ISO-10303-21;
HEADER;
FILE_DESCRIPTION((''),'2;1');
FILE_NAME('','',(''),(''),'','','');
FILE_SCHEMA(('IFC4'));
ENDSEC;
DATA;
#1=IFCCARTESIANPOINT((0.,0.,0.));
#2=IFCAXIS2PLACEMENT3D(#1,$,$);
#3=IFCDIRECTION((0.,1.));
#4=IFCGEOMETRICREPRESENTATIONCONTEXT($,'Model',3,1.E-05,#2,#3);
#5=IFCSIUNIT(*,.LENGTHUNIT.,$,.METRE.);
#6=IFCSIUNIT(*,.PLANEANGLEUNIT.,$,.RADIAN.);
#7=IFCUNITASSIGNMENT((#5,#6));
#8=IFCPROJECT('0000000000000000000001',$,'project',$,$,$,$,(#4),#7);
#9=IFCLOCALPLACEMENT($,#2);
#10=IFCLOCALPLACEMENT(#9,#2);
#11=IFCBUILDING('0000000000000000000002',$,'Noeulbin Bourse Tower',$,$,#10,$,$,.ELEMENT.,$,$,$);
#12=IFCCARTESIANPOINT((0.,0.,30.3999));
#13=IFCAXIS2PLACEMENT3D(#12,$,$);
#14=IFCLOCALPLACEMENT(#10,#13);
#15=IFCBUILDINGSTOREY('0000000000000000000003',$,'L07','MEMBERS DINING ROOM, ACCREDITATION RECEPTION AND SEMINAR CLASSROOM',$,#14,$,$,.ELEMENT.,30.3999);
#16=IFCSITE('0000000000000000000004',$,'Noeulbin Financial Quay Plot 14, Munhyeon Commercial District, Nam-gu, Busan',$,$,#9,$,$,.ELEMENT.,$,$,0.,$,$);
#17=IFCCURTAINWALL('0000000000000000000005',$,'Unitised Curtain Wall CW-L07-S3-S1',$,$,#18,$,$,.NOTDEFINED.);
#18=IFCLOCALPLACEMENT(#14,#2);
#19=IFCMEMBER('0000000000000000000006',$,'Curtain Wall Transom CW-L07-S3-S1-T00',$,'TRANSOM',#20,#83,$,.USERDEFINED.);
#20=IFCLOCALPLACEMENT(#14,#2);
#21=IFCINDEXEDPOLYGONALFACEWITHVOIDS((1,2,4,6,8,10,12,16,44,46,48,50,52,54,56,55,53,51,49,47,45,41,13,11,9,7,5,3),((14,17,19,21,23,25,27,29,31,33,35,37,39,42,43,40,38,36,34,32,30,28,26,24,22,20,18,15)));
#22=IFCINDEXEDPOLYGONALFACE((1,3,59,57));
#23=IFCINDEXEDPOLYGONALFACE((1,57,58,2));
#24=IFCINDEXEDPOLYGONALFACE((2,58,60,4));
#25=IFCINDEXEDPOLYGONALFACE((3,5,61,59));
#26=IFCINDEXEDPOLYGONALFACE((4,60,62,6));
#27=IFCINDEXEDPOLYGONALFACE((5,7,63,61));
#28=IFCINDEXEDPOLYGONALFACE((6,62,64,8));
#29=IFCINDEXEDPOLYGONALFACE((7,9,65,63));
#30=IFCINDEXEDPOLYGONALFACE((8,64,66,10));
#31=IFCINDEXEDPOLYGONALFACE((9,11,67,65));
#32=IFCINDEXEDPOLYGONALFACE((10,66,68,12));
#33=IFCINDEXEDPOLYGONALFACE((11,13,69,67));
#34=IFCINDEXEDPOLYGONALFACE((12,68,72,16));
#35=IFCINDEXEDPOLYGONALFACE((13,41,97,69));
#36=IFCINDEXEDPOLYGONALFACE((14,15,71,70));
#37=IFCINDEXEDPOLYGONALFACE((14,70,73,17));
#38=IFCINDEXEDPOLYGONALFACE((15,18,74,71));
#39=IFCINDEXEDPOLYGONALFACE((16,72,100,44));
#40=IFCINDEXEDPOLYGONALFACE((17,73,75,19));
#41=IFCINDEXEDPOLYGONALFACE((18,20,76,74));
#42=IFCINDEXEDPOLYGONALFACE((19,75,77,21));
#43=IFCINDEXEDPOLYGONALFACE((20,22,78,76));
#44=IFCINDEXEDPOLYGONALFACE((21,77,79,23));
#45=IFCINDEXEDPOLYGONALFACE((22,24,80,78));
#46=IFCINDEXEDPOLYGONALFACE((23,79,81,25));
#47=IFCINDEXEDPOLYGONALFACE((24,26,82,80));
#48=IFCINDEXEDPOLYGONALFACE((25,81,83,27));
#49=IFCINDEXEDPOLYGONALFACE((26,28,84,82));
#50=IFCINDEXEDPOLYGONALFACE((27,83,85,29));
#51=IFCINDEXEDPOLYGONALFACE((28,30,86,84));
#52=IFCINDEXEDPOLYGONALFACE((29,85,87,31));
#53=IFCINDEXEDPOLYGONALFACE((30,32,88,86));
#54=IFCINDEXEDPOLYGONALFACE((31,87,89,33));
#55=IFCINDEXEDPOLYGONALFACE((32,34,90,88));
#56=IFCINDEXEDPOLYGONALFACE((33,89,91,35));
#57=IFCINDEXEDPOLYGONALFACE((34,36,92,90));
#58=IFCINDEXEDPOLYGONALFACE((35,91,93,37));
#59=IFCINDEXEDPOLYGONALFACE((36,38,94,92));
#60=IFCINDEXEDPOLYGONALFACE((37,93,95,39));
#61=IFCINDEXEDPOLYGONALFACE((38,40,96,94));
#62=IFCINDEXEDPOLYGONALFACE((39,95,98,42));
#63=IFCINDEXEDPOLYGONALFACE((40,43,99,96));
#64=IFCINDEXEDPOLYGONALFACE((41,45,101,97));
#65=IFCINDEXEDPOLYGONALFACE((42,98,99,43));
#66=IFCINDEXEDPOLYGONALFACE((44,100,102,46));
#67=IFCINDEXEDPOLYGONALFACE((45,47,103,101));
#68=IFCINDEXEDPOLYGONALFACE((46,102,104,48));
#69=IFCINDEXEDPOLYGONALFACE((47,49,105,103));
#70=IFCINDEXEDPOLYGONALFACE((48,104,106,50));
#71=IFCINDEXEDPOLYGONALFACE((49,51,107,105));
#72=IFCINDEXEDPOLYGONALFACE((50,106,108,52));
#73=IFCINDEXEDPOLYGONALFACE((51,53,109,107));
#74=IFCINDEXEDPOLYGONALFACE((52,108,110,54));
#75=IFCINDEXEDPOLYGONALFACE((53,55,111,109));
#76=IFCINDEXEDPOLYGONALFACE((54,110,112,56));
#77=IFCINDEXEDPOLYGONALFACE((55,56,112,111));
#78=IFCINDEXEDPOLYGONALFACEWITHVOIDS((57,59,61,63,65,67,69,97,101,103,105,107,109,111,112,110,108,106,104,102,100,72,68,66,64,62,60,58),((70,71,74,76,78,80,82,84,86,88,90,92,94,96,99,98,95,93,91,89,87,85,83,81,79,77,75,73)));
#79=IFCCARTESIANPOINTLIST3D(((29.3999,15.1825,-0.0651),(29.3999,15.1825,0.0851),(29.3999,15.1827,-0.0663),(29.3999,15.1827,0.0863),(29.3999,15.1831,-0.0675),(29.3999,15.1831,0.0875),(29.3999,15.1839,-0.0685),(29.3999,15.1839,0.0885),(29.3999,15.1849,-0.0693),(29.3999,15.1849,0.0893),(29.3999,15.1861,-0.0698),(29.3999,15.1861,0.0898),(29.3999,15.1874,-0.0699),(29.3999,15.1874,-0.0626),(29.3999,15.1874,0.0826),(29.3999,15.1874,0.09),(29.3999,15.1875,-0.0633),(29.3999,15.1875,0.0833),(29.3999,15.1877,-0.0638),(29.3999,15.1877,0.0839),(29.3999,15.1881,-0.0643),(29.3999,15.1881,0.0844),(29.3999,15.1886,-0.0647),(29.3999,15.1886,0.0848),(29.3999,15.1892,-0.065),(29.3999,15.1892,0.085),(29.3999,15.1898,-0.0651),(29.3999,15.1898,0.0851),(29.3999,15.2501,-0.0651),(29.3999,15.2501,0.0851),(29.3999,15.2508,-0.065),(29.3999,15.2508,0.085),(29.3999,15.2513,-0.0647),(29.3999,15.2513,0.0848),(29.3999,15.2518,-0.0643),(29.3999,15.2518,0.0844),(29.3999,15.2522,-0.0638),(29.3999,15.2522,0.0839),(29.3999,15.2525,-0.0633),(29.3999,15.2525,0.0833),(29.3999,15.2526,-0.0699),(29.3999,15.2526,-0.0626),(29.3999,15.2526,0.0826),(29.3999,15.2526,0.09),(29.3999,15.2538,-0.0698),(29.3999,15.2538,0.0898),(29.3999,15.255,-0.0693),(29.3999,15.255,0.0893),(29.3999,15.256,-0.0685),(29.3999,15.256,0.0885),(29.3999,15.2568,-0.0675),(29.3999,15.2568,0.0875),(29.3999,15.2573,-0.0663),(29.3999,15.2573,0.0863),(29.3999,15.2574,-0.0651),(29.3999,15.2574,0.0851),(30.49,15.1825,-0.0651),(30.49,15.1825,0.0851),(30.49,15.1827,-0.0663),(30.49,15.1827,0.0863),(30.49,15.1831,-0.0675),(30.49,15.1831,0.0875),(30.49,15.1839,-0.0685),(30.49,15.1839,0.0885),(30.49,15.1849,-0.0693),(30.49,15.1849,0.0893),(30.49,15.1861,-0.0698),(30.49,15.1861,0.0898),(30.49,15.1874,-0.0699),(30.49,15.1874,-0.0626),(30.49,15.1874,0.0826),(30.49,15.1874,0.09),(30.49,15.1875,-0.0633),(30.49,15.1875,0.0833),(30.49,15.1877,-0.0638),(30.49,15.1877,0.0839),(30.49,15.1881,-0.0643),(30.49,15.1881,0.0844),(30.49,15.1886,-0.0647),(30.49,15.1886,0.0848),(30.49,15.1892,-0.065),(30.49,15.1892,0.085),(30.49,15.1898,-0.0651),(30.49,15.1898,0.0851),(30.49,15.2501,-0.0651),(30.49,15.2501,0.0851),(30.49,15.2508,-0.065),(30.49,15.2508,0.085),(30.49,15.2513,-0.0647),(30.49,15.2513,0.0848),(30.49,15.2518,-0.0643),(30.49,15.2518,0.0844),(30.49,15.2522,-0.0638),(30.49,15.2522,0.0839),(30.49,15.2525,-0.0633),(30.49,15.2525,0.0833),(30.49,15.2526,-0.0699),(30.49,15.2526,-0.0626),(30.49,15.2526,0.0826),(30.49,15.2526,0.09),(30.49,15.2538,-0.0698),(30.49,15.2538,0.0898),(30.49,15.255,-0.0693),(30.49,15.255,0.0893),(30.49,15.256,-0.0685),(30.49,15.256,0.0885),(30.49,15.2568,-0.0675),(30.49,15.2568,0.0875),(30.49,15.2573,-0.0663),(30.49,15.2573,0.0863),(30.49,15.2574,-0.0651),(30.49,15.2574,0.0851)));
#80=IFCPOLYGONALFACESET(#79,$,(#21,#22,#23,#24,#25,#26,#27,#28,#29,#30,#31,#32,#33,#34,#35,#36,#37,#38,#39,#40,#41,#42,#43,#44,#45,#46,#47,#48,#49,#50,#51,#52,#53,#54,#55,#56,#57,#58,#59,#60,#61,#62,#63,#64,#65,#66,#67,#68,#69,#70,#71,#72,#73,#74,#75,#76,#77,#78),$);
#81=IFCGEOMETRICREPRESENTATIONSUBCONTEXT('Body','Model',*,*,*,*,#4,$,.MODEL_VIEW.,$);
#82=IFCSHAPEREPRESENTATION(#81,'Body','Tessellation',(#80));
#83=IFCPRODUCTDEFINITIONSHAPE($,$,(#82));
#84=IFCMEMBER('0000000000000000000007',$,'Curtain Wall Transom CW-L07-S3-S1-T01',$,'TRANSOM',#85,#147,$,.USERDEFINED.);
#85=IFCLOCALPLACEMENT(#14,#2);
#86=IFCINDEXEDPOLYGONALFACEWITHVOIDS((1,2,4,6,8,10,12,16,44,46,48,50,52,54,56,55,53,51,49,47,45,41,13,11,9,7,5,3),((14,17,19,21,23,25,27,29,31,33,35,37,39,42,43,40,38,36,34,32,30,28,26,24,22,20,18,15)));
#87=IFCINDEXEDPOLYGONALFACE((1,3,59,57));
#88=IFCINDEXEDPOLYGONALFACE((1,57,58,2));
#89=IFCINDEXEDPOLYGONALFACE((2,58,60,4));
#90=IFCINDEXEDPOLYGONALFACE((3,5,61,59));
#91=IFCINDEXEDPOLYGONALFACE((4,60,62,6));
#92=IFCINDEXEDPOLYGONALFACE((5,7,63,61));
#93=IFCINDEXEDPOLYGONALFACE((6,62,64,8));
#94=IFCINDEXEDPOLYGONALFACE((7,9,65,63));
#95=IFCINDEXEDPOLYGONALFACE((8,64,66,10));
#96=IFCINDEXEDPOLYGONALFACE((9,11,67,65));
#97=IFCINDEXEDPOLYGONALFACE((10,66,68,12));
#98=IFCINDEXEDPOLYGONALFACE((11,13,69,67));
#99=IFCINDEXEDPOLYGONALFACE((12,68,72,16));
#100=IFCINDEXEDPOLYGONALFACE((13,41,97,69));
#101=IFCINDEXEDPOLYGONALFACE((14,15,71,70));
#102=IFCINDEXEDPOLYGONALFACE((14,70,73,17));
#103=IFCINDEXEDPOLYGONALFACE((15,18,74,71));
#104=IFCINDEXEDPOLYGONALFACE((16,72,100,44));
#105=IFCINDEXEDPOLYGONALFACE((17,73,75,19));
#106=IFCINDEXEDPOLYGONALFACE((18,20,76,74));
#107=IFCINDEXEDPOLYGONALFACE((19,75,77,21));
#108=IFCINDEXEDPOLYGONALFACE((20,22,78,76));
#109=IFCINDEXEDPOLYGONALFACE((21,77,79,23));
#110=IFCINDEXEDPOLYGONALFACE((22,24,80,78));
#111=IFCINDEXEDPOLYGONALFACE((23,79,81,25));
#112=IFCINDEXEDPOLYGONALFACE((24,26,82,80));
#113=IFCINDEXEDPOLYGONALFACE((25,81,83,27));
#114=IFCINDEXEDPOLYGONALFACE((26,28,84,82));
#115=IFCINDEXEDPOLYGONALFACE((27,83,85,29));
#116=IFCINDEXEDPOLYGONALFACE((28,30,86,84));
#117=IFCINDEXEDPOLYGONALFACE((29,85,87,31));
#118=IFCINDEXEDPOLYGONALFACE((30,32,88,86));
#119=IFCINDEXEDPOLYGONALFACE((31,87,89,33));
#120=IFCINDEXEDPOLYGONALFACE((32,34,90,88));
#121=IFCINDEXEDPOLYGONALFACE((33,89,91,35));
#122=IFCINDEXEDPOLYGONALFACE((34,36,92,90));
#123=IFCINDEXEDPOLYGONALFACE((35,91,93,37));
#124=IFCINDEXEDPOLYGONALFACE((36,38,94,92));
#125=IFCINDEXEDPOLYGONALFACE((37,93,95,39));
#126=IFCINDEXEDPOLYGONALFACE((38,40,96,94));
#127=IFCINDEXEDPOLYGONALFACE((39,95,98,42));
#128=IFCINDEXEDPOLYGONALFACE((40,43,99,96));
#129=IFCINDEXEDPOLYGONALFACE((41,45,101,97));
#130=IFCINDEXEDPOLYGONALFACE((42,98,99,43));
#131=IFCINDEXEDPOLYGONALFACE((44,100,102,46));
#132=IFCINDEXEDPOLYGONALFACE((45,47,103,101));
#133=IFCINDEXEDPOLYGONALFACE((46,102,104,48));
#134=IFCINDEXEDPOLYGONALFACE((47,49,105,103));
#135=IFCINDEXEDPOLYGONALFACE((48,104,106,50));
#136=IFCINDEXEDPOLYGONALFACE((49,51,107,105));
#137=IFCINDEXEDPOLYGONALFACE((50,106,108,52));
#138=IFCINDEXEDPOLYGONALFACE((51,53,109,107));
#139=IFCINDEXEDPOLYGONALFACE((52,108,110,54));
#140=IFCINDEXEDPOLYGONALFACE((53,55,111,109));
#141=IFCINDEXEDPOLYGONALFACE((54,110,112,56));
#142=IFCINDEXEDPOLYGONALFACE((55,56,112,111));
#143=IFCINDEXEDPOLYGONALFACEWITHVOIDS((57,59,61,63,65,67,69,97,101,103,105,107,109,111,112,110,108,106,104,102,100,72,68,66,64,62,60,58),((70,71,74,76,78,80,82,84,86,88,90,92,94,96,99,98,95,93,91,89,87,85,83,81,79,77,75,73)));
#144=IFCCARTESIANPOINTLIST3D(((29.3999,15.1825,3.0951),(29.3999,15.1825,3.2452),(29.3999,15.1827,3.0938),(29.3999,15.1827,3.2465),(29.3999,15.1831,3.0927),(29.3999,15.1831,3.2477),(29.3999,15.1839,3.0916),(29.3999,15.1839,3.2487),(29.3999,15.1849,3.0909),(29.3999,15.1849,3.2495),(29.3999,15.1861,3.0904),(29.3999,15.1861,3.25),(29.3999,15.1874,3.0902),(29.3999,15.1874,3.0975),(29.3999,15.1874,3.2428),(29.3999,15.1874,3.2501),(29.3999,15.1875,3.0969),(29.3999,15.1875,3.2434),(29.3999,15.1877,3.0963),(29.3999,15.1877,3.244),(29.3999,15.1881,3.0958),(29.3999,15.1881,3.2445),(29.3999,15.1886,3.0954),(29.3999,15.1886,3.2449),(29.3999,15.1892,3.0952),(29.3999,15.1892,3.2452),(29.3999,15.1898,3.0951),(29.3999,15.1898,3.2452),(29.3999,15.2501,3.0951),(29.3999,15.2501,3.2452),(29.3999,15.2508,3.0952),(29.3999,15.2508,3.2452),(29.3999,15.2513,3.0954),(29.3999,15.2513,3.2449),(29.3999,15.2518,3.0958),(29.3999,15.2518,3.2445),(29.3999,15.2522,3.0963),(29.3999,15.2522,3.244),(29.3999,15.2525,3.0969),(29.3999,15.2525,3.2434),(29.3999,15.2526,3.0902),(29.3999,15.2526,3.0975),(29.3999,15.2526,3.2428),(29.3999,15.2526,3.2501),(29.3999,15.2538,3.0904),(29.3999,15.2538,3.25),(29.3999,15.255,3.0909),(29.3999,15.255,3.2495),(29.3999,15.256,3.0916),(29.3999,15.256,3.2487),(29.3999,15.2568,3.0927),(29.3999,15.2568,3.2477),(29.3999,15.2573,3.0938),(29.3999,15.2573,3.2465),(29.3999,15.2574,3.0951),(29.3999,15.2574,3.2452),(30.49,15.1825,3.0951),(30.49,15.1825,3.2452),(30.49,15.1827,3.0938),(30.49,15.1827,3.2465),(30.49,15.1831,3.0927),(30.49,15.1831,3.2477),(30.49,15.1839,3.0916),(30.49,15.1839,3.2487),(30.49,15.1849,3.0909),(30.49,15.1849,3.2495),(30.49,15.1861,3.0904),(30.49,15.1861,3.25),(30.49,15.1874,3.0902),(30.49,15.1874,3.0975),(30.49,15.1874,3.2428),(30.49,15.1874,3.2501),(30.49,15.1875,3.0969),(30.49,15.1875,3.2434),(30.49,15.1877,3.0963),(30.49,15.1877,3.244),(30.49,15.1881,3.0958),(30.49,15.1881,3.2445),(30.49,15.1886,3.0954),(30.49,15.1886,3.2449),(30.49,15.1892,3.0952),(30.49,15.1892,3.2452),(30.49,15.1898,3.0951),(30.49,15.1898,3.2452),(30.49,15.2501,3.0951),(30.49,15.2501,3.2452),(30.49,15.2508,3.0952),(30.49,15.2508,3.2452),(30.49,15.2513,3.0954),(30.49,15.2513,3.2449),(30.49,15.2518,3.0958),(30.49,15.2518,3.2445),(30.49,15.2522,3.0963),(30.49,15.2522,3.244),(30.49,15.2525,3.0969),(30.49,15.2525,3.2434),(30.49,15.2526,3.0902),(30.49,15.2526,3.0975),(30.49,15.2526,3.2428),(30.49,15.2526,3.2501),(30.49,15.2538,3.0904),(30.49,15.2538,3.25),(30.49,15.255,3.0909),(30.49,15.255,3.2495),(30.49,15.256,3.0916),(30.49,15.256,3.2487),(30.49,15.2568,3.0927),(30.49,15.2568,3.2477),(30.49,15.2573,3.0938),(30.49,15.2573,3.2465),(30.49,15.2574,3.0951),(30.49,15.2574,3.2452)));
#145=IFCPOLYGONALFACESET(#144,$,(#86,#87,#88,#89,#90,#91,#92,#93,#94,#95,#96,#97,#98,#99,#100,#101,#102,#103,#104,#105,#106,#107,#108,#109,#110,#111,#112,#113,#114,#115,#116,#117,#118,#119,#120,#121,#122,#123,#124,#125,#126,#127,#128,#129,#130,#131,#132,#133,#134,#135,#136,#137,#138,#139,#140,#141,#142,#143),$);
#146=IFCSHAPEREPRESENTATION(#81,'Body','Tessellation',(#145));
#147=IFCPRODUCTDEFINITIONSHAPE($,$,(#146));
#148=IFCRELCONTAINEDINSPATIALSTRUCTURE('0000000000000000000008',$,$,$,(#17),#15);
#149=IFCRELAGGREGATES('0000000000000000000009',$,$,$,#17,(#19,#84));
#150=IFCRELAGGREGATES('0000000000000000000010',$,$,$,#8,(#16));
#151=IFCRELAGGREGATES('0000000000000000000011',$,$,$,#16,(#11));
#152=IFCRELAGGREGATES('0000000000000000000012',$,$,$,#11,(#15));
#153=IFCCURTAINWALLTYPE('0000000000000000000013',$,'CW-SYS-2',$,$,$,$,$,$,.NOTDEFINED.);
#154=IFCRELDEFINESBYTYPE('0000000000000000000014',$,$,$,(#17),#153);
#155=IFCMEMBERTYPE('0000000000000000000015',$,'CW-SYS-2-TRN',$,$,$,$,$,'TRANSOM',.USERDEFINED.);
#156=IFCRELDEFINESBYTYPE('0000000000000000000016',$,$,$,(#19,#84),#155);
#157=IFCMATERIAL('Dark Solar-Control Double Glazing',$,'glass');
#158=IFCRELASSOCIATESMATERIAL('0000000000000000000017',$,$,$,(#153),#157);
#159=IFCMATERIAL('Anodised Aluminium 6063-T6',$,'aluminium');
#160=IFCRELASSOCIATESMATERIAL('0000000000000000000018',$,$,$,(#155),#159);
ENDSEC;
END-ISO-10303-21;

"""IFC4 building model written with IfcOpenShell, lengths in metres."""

from ifc_helpers import new_model, si_unit, direction, frame, origin, origin_2d, place, context, subcontext, project, spatial, hollow_rectangle, extrude, material, material_profile, profile_set, type_object, element, aggregate, save


model = new_model("IFC4")

# Units and contexts
model_context = context("Model", 3, precision=1e-05, world=origin(), true_north=direction((0.0, 1.0)))
body_context = subcontext(model_context, "Body", "Model", "MODEL_VIEW")
ifc_project = project(units=[si_unit("LENGTHUNIT", "METRE"), si_unit("PLANEANGLEUNIT", "RADIAN")], contexts=[model_context])

# Site, building, storey
site_placement = place(None, origin())
site = spatial("IfcSite", under=ifc_project, at=site_placement, Name="Noeulbin Financial Quay Plot 14, Munhyeon Commercial District, Nam-gu, Busan", CompositionType="ELEMENT", RefElevation=0.0)
building_placement = place(site_placement, origin())
building = spatial("IfcBuilding", under=site, at=building_placement, Name="Noeulbin Bourse Tower", CompositionType="ELEMENT")
storey_placement = place(building_placement, frame((0.0, 0.0, 30.3999)))
storey = spatial("IfcBuildingStorey", under=building, at=storey_placement, Name="L07", Description="MEMBERS DINING ROOM, ACCREDITATION RECEPTION AND SEMINAR CLASSROOM", CompositionType="ELEMENT", Elevation=30.3999)

# Curtain wall
ifc_material_1 = material(Name="Dark Solar-Control Double Glazing", Category="glass")
curtain_wall_type = type_object("IfcCurtainWallType", Name="CW-SYS-2", PredefinedType="NOTDEFINED", material=ifc_material_1)
curtain_wall_1_placement = place(storey_placement, origin())
curtain_wall_1 = element("IfcCurtainWall", 1, at=curtain_wall_1_placement, inside=storey, type_object=curtain_wall_type, Name="Unitised Curtain Wall CW-L07-S3-S1", PredefinedType="NOTDEFINED")
ifc_material_2 = material(Name="Anodised Aluminium 6063-T6", Category="aluminium")

# Members
ifc_material_profile_1 = material_profile(ifc_material_2, hollow_rectangle(XDim=0.075, YDim=0.1599, WallThickness=0.0049, InnerFilletRadius=0.0024, OuterFilletRadius=0.0049, at=origin_2d()), Name="ALU-TRAN-75x160x5", Category="LoadBearing")
ifc_profile_set_1 = profile_set([ifc_material_profile_1], Name="Anodised Aluminium 6063-T6")
member_type_1 = type_object("IfcMemberType", Name="CW-SYS-2-TRN", ElementType="TRANSOM", PredefinedType="USERDEFINED", material=ifc_profile_set_1)
member_1_placement = place(storey_placement, frame((29.3999, 15.22, 0.01), z_axis=(1.0, 0.0, 0.0), x_axis=(0.0, 1.0, 0.0)))
member_1 = element("IfcMember", 2, at=member_1_placement, type_object=member_type_1, Name="Curtain Wall Transom CW-L07-S3-S1-T00", ObjectType="TRANSOM", PredefinedType="USERDEFINED", context=body_context, shape_type="SweptSolid", body=[
    extrude(hollow_rectangle(XDim=0.075, YDim=0.1599, WallThickness=0.0049, InnerFilletRadius=0.0024, OuterFilletRadius=0.0049, at=origin_2d()), origin(), (0.0, 0.0, 1.0), 1.0901),
])
member_2_placement = place(storey_placement, frame((29.3999, 15.22, 3.1702), z_axis=(1.0, 0.0, 0.0), x_axis=(0.0, 1.0, 0.0)))
member_2 = element("IfcMember", 3, at=member_2_placement, type_object=member_type_1, Name="Curtain Wall Transom CW-L07-S3-S1-T01", ObjectType="TRANSOM", PredefinedType="USERDEFINED", context=body_context, shape_type="SweptSolid", body=[
    extrude(hollow_rectangle(XDim=0.075, YDim=0.1599, WallThickness=0.0049, InnerFilletRadius=0.0024, OuterFilletRadius=0.0049, at=origin_2d()), origin(), (0.0, 0.0, 1.0), 1.0901),
])

aggregate(curtain_wall_1, [member_1, member_2])

save(model, "model.ifc")
